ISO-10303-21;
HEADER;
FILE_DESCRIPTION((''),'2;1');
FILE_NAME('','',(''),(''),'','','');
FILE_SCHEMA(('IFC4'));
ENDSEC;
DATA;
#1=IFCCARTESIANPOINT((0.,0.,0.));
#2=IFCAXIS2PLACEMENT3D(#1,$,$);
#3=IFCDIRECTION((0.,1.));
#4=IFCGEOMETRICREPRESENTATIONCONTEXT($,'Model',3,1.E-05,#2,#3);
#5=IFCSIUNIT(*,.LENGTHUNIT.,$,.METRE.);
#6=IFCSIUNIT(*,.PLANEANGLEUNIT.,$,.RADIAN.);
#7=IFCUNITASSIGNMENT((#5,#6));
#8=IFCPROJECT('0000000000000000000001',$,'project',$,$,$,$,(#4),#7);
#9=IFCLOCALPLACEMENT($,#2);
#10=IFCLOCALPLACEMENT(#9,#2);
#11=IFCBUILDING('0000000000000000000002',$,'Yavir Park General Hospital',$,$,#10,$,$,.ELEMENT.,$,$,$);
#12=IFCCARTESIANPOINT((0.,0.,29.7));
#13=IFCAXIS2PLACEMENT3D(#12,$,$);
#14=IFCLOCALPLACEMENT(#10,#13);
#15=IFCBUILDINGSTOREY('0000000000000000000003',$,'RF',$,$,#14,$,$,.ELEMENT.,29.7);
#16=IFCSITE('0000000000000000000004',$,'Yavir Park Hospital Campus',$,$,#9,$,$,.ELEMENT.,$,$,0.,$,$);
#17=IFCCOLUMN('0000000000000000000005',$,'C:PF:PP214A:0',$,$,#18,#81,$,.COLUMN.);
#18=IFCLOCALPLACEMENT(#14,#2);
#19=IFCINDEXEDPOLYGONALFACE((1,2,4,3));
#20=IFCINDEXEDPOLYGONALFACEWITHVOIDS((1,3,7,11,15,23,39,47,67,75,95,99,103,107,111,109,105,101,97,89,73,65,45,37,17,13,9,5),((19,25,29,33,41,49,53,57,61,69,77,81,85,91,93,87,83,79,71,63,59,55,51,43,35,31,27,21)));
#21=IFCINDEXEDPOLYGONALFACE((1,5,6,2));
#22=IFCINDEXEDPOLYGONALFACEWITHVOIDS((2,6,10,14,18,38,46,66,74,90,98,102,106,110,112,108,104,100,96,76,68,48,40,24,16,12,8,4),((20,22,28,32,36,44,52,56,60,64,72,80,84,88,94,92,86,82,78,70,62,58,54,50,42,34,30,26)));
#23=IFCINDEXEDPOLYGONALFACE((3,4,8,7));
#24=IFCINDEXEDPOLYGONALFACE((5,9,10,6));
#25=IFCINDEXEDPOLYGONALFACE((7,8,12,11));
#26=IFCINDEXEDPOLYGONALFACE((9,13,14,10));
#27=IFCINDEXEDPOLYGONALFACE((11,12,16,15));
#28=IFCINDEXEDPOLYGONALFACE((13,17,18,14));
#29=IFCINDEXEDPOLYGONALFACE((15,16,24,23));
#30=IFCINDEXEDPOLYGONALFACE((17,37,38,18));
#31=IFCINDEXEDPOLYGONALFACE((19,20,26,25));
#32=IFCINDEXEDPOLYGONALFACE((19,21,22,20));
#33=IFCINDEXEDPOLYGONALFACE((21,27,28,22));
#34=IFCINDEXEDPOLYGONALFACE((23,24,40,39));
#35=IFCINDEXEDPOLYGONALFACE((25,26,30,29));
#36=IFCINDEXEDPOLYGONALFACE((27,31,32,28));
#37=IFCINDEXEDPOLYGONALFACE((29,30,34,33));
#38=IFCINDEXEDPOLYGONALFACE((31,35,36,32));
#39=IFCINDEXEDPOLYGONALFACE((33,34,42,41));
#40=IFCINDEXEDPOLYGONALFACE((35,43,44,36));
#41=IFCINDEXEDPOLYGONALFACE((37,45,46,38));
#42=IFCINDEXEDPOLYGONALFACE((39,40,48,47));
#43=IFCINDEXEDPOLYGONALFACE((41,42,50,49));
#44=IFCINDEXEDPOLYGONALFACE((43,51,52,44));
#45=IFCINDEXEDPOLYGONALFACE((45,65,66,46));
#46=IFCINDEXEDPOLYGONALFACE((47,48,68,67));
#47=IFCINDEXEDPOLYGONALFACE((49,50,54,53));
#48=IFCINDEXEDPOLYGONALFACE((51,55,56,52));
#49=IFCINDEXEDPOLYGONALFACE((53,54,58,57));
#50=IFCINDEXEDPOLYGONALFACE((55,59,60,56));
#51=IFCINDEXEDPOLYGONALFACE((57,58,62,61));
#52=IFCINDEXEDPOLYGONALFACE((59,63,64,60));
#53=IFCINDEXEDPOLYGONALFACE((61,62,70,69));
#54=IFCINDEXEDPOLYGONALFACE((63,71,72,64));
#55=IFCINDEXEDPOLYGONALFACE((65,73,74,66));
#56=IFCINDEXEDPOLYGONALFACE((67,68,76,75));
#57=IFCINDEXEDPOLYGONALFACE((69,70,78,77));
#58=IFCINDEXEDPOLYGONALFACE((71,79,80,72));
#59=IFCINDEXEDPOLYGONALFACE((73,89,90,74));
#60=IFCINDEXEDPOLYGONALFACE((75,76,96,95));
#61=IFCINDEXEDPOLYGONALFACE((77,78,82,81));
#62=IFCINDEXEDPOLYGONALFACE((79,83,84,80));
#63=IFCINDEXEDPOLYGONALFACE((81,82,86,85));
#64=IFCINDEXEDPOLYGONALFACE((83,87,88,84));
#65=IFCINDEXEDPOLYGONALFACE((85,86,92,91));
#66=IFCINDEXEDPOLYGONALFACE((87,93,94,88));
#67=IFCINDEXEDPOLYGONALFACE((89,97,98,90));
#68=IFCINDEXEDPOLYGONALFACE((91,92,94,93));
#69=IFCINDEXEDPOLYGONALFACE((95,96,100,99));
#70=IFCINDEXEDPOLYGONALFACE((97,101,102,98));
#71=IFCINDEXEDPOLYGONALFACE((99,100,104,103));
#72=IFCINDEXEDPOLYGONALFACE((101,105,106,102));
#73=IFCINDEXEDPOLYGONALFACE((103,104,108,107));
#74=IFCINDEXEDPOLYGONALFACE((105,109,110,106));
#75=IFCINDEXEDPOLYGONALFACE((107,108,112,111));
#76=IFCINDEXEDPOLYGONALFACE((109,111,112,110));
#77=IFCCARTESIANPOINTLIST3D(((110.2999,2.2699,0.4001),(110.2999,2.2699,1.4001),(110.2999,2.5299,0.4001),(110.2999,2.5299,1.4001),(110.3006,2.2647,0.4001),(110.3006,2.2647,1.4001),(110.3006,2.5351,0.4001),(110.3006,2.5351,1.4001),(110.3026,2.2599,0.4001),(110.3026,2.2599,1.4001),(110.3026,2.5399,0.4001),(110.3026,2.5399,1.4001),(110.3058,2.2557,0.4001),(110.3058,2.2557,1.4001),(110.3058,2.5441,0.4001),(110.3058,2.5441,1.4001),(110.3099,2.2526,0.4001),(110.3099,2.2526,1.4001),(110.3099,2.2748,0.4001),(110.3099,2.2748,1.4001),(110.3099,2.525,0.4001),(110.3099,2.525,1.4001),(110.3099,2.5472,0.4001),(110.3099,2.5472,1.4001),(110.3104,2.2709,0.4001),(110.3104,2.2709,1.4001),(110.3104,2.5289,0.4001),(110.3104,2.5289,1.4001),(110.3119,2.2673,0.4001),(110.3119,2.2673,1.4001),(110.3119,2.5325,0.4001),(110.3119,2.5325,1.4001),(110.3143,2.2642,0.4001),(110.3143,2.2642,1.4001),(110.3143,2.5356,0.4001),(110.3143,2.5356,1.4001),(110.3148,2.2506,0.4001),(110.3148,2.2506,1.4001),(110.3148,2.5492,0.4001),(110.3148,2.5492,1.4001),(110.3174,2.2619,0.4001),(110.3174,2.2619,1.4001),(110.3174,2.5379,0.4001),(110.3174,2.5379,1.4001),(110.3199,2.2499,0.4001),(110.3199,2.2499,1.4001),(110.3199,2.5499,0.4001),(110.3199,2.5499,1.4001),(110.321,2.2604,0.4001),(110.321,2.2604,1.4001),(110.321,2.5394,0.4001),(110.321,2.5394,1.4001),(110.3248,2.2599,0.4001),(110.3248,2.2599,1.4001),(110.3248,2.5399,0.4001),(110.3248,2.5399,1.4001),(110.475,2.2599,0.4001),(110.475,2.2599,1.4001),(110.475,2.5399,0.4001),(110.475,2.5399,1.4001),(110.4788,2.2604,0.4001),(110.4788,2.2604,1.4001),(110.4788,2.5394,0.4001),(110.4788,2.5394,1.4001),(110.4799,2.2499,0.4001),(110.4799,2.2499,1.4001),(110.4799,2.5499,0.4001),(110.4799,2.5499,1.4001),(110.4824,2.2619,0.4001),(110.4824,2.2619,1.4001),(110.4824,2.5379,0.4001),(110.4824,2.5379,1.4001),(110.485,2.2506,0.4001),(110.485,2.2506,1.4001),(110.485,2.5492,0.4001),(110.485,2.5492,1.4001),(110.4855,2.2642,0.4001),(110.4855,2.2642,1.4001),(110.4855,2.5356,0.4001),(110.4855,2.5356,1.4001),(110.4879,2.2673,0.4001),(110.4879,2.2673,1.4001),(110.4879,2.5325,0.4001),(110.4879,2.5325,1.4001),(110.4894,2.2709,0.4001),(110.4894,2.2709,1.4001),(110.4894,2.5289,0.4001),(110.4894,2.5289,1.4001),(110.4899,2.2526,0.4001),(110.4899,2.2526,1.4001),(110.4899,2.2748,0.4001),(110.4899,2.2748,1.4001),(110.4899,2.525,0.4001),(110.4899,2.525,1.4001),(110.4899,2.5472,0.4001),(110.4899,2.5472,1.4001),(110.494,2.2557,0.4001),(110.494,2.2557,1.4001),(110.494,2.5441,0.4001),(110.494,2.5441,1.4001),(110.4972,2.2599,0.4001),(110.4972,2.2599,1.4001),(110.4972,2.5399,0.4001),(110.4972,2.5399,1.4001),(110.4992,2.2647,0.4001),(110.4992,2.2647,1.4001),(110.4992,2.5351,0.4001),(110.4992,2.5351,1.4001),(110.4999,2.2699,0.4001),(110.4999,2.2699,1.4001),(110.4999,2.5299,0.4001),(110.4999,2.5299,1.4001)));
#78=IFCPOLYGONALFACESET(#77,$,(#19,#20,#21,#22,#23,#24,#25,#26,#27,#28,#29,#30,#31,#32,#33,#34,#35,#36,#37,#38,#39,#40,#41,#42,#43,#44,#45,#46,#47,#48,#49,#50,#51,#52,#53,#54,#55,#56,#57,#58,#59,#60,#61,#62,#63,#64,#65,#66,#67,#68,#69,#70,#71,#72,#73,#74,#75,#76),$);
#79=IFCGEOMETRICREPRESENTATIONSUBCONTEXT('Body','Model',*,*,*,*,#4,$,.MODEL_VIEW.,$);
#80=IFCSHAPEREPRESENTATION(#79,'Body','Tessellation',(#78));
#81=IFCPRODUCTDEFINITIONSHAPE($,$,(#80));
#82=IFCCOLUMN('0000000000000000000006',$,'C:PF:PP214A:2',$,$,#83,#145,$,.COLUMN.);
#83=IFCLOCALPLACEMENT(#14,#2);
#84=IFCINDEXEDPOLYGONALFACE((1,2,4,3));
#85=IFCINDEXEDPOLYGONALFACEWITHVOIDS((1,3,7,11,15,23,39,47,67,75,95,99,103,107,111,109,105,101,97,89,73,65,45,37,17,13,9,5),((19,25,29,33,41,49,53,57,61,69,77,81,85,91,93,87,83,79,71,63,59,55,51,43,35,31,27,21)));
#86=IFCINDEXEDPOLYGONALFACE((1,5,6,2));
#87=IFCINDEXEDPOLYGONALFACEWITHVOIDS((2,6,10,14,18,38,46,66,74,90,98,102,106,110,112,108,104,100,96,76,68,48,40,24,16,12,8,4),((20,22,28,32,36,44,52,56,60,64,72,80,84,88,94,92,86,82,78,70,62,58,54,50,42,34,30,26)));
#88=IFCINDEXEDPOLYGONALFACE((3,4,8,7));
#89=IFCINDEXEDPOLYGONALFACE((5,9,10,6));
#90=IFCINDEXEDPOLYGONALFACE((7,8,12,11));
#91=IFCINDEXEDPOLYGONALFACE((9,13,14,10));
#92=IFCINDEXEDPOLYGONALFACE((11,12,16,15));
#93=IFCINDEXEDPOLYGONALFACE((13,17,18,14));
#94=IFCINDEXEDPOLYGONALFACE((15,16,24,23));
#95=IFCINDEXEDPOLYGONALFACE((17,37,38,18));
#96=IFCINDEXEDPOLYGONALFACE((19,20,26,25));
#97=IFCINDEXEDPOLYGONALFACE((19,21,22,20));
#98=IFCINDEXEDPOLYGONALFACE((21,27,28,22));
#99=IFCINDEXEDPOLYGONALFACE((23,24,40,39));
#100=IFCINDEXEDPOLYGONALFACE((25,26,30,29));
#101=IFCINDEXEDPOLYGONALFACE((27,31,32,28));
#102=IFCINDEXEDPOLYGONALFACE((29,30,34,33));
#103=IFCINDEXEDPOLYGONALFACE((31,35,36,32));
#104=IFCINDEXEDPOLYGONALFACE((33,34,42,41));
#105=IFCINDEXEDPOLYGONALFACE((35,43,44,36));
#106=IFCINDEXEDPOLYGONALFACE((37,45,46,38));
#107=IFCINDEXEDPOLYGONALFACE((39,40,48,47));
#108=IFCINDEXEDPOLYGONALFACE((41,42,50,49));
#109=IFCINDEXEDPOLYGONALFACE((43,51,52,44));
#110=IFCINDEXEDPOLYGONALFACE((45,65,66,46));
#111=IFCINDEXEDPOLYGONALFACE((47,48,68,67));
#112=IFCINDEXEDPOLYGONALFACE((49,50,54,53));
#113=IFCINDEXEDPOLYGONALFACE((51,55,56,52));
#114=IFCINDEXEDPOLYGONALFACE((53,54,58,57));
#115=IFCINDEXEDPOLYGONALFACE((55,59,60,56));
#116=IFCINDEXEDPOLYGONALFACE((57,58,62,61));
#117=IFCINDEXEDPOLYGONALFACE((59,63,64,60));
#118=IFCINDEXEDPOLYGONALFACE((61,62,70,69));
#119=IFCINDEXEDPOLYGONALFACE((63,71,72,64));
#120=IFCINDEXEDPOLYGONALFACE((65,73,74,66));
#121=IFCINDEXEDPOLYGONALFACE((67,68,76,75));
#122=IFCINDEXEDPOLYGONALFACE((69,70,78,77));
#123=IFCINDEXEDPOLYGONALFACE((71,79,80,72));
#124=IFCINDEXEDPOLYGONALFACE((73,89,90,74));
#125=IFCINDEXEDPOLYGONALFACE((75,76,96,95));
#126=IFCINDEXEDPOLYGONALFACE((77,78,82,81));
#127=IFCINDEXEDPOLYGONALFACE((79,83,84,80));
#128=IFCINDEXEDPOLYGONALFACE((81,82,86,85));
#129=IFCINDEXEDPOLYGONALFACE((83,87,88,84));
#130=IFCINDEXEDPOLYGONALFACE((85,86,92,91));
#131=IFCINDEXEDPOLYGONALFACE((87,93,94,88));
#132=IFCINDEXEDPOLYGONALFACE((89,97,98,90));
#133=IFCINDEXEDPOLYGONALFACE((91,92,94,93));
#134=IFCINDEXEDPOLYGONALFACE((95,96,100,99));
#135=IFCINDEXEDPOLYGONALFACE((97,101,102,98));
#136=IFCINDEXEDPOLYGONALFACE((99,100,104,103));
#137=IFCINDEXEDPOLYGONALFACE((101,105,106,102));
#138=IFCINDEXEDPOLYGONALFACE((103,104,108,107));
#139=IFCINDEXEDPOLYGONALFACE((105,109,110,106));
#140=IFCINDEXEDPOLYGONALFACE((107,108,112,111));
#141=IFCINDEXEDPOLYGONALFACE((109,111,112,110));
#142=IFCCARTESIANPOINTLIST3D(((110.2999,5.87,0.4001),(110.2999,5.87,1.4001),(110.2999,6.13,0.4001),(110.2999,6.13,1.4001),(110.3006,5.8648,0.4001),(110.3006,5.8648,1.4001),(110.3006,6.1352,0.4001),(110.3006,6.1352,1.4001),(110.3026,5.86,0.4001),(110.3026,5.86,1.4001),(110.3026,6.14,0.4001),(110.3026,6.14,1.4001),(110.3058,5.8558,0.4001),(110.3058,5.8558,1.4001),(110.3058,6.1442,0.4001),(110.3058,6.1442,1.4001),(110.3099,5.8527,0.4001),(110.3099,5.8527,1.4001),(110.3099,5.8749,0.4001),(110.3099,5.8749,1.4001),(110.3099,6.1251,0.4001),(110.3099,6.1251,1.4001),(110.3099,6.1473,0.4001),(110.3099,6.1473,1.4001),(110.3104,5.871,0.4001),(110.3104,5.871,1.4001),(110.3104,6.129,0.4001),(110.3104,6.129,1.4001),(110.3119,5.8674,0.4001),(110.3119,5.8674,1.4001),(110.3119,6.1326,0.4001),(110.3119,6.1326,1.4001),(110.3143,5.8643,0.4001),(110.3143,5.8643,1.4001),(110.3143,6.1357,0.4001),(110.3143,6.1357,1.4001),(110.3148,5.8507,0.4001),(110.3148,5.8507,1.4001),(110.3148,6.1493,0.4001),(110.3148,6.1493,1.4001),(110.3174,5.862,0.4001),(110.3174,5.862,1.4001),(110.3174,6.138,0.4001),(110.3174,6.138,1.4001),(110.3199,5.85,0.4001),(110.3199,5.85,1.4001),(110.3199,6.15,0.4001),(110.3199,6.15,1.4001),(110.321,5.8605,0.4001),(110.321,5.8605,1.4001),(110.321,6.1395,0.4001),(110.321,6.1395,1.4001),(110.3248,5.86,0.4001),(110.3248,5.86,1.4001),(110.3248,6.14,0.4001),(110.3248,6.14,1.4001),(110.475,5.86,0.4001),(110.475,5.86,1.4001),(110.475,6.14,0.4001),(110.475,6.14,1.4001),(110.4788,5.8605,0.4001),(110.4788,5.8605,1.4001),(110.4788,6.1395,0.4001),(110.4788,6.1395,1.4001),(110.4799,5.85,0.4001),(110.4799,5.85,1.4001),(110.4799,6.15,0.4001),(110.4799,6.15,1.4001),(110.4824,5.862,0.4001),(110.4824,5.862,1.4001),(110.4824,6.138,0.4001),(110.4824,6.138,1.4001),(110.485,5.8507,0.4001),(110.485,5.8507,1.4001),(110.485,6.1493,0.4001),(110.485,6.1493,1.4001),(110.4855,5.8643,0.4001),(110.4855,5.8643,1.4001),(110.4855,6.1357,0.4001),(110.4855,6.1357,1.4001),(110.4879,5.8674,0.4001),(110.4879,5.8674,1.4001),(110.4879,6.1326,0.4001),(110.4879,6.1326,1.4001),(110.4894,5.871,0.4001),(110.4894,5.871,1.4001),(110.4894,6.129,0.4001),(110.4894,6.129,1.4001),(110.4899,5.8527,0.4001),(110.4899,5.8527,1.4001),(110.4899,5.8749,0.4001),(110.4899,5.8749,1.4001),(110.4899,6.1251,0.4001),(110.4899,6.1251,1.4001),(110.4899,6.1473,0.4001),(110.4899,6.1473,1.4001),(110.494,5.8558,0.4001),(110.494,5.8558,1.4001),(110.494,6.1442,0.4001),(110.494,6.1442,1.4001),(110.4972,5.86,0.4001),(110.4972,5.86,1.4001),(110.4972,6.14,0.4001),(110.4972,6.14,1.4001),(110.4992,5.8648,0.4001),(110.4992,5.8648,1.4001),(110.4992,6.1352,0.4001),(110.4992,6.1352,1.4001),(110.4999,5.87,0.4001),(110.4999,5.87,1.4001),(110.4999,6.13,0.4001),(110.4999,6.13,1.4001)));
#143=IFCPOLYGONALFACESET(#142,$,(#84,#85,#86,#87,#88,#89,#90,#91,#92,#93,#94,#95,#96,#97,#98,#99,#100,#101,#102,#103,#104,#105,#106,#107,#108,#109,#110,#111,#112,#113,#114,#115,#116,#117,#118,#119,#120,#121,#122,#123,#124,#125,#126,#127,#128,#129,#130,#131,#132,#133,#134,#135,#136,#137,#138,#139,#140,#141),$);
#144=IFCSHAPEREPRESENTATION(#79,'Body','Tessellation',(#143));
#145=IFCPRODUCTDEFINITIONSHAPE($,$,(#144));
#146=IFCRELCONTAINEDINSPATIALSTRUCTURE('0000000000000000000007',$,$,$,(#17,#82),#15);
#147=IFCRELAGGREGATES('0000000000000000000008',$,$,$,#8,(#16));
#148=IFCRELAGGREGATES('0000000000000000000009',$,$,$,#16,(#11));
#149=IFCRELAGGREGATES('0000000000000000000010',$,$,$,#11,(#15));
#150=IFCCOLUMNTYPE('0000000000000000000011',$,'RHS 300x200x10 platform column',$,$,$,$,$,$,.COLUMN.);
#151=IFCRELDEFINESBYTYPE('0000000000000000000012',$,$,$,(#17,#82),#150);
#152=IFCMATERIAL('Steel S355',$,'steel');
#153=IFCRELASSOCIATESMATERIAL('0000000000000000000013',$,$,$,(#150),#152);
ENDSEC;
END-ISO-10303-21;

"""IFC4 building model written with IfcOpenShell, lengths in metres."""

from ifc_helpers import new_model, si_unit, direction, frame, origin, origin_2d, place, context, subcontext, project, spatial, hollow_rectangle, extrude, material, material_profile, profile_set, type_object, element, save


model = new_model("IFC4")

# Units and contexts
model_context = context("Model", 3, precision=1e-05, world=origin(), true_north=direction((0.0, 1.0)))
body_context = subcontext(model_context, "Body", "Model", "MODEL_VIEW")
ifc_project = project(units=[si_unit("LENGTHUNIT", "METRE"), si_unit("PLANEANGLEUNIT", "RADIAN")], contexts=[model_context])

# Site, building, storey
site_placement = place(None, origin())
site = spatial("IfcSite", under=ifc_project, at=site_placement, Name="Yavir Park Hospital Campus", CompositionType="ELEMENT", RefElevation=0.0)
building_placement = place(site_placement, origin())
building = spatial("IfcBuilding", under=site, at=building_placement, Name="Yavir Park General Hospital", CompositionType="ELEMENT")
storey_placement = place(building_placement, frame((0.0, 0.0, 29.7)))
storey = spatial("IfcBuildingStorey", under=building, at=storey_placement, Name="RF", CompositionType="ELEMENT", Elevation=29.7)

# Columns
ifc_material_1 = material(Name="Steel S355", Category="steel")
ifc_material_profile_1 = material_profile(ifc_material_1, hollow_rectangle(XDim=0.2, YDim=0.3, WallThickness=0.01, InnerFilletRadius=0.0149, OuterFilletRadius=0.02, at=origin_2d()), Name="RHS300x200x10")
ifc_profile_set_1 = profile_set([ifc_material_profile_1], Name="Steel S355")
column_type_1 = type_object("IfcColumnType", Name="RHS 300x200x10 platform column", PredefinedType="COLUMN", material=ifc_profile_set_1)
for number, where, z_axis, x_axis, name in (
    (1, (110.3999, 2.3999, 0.4001), (0.0, 0.0, 1.0), (1.0, 0.0, 0.0), "C:PF:PP214A:0"),
    (2, (110.3999, 6.0, 0.4001), (0.0, 0.0, 1.0), (1.0, 0.0, 0.0), "C:PF:PP214A:2"),
):
    element("IfcColumn", number, at=place(storey_placement, frame(where, z_axis=z_axis, x_axis=x_axis)), inside=storey, type_object=column_type_1, Name=name, PredefinedType="COLUMN", context=body_context, shape_type="SweptSolid", body=[
        extrude(hollow_rectangle(XDim=0.2, YDim=0.3, WallThickness=0.01, InnerFilletRadius=0.0149, OuterFilletRadius=0.02, at=origin_2d()), origin(), (0.0, 0.0, 1.0), 1.0),
    ])

save(model, "model.ifc")
